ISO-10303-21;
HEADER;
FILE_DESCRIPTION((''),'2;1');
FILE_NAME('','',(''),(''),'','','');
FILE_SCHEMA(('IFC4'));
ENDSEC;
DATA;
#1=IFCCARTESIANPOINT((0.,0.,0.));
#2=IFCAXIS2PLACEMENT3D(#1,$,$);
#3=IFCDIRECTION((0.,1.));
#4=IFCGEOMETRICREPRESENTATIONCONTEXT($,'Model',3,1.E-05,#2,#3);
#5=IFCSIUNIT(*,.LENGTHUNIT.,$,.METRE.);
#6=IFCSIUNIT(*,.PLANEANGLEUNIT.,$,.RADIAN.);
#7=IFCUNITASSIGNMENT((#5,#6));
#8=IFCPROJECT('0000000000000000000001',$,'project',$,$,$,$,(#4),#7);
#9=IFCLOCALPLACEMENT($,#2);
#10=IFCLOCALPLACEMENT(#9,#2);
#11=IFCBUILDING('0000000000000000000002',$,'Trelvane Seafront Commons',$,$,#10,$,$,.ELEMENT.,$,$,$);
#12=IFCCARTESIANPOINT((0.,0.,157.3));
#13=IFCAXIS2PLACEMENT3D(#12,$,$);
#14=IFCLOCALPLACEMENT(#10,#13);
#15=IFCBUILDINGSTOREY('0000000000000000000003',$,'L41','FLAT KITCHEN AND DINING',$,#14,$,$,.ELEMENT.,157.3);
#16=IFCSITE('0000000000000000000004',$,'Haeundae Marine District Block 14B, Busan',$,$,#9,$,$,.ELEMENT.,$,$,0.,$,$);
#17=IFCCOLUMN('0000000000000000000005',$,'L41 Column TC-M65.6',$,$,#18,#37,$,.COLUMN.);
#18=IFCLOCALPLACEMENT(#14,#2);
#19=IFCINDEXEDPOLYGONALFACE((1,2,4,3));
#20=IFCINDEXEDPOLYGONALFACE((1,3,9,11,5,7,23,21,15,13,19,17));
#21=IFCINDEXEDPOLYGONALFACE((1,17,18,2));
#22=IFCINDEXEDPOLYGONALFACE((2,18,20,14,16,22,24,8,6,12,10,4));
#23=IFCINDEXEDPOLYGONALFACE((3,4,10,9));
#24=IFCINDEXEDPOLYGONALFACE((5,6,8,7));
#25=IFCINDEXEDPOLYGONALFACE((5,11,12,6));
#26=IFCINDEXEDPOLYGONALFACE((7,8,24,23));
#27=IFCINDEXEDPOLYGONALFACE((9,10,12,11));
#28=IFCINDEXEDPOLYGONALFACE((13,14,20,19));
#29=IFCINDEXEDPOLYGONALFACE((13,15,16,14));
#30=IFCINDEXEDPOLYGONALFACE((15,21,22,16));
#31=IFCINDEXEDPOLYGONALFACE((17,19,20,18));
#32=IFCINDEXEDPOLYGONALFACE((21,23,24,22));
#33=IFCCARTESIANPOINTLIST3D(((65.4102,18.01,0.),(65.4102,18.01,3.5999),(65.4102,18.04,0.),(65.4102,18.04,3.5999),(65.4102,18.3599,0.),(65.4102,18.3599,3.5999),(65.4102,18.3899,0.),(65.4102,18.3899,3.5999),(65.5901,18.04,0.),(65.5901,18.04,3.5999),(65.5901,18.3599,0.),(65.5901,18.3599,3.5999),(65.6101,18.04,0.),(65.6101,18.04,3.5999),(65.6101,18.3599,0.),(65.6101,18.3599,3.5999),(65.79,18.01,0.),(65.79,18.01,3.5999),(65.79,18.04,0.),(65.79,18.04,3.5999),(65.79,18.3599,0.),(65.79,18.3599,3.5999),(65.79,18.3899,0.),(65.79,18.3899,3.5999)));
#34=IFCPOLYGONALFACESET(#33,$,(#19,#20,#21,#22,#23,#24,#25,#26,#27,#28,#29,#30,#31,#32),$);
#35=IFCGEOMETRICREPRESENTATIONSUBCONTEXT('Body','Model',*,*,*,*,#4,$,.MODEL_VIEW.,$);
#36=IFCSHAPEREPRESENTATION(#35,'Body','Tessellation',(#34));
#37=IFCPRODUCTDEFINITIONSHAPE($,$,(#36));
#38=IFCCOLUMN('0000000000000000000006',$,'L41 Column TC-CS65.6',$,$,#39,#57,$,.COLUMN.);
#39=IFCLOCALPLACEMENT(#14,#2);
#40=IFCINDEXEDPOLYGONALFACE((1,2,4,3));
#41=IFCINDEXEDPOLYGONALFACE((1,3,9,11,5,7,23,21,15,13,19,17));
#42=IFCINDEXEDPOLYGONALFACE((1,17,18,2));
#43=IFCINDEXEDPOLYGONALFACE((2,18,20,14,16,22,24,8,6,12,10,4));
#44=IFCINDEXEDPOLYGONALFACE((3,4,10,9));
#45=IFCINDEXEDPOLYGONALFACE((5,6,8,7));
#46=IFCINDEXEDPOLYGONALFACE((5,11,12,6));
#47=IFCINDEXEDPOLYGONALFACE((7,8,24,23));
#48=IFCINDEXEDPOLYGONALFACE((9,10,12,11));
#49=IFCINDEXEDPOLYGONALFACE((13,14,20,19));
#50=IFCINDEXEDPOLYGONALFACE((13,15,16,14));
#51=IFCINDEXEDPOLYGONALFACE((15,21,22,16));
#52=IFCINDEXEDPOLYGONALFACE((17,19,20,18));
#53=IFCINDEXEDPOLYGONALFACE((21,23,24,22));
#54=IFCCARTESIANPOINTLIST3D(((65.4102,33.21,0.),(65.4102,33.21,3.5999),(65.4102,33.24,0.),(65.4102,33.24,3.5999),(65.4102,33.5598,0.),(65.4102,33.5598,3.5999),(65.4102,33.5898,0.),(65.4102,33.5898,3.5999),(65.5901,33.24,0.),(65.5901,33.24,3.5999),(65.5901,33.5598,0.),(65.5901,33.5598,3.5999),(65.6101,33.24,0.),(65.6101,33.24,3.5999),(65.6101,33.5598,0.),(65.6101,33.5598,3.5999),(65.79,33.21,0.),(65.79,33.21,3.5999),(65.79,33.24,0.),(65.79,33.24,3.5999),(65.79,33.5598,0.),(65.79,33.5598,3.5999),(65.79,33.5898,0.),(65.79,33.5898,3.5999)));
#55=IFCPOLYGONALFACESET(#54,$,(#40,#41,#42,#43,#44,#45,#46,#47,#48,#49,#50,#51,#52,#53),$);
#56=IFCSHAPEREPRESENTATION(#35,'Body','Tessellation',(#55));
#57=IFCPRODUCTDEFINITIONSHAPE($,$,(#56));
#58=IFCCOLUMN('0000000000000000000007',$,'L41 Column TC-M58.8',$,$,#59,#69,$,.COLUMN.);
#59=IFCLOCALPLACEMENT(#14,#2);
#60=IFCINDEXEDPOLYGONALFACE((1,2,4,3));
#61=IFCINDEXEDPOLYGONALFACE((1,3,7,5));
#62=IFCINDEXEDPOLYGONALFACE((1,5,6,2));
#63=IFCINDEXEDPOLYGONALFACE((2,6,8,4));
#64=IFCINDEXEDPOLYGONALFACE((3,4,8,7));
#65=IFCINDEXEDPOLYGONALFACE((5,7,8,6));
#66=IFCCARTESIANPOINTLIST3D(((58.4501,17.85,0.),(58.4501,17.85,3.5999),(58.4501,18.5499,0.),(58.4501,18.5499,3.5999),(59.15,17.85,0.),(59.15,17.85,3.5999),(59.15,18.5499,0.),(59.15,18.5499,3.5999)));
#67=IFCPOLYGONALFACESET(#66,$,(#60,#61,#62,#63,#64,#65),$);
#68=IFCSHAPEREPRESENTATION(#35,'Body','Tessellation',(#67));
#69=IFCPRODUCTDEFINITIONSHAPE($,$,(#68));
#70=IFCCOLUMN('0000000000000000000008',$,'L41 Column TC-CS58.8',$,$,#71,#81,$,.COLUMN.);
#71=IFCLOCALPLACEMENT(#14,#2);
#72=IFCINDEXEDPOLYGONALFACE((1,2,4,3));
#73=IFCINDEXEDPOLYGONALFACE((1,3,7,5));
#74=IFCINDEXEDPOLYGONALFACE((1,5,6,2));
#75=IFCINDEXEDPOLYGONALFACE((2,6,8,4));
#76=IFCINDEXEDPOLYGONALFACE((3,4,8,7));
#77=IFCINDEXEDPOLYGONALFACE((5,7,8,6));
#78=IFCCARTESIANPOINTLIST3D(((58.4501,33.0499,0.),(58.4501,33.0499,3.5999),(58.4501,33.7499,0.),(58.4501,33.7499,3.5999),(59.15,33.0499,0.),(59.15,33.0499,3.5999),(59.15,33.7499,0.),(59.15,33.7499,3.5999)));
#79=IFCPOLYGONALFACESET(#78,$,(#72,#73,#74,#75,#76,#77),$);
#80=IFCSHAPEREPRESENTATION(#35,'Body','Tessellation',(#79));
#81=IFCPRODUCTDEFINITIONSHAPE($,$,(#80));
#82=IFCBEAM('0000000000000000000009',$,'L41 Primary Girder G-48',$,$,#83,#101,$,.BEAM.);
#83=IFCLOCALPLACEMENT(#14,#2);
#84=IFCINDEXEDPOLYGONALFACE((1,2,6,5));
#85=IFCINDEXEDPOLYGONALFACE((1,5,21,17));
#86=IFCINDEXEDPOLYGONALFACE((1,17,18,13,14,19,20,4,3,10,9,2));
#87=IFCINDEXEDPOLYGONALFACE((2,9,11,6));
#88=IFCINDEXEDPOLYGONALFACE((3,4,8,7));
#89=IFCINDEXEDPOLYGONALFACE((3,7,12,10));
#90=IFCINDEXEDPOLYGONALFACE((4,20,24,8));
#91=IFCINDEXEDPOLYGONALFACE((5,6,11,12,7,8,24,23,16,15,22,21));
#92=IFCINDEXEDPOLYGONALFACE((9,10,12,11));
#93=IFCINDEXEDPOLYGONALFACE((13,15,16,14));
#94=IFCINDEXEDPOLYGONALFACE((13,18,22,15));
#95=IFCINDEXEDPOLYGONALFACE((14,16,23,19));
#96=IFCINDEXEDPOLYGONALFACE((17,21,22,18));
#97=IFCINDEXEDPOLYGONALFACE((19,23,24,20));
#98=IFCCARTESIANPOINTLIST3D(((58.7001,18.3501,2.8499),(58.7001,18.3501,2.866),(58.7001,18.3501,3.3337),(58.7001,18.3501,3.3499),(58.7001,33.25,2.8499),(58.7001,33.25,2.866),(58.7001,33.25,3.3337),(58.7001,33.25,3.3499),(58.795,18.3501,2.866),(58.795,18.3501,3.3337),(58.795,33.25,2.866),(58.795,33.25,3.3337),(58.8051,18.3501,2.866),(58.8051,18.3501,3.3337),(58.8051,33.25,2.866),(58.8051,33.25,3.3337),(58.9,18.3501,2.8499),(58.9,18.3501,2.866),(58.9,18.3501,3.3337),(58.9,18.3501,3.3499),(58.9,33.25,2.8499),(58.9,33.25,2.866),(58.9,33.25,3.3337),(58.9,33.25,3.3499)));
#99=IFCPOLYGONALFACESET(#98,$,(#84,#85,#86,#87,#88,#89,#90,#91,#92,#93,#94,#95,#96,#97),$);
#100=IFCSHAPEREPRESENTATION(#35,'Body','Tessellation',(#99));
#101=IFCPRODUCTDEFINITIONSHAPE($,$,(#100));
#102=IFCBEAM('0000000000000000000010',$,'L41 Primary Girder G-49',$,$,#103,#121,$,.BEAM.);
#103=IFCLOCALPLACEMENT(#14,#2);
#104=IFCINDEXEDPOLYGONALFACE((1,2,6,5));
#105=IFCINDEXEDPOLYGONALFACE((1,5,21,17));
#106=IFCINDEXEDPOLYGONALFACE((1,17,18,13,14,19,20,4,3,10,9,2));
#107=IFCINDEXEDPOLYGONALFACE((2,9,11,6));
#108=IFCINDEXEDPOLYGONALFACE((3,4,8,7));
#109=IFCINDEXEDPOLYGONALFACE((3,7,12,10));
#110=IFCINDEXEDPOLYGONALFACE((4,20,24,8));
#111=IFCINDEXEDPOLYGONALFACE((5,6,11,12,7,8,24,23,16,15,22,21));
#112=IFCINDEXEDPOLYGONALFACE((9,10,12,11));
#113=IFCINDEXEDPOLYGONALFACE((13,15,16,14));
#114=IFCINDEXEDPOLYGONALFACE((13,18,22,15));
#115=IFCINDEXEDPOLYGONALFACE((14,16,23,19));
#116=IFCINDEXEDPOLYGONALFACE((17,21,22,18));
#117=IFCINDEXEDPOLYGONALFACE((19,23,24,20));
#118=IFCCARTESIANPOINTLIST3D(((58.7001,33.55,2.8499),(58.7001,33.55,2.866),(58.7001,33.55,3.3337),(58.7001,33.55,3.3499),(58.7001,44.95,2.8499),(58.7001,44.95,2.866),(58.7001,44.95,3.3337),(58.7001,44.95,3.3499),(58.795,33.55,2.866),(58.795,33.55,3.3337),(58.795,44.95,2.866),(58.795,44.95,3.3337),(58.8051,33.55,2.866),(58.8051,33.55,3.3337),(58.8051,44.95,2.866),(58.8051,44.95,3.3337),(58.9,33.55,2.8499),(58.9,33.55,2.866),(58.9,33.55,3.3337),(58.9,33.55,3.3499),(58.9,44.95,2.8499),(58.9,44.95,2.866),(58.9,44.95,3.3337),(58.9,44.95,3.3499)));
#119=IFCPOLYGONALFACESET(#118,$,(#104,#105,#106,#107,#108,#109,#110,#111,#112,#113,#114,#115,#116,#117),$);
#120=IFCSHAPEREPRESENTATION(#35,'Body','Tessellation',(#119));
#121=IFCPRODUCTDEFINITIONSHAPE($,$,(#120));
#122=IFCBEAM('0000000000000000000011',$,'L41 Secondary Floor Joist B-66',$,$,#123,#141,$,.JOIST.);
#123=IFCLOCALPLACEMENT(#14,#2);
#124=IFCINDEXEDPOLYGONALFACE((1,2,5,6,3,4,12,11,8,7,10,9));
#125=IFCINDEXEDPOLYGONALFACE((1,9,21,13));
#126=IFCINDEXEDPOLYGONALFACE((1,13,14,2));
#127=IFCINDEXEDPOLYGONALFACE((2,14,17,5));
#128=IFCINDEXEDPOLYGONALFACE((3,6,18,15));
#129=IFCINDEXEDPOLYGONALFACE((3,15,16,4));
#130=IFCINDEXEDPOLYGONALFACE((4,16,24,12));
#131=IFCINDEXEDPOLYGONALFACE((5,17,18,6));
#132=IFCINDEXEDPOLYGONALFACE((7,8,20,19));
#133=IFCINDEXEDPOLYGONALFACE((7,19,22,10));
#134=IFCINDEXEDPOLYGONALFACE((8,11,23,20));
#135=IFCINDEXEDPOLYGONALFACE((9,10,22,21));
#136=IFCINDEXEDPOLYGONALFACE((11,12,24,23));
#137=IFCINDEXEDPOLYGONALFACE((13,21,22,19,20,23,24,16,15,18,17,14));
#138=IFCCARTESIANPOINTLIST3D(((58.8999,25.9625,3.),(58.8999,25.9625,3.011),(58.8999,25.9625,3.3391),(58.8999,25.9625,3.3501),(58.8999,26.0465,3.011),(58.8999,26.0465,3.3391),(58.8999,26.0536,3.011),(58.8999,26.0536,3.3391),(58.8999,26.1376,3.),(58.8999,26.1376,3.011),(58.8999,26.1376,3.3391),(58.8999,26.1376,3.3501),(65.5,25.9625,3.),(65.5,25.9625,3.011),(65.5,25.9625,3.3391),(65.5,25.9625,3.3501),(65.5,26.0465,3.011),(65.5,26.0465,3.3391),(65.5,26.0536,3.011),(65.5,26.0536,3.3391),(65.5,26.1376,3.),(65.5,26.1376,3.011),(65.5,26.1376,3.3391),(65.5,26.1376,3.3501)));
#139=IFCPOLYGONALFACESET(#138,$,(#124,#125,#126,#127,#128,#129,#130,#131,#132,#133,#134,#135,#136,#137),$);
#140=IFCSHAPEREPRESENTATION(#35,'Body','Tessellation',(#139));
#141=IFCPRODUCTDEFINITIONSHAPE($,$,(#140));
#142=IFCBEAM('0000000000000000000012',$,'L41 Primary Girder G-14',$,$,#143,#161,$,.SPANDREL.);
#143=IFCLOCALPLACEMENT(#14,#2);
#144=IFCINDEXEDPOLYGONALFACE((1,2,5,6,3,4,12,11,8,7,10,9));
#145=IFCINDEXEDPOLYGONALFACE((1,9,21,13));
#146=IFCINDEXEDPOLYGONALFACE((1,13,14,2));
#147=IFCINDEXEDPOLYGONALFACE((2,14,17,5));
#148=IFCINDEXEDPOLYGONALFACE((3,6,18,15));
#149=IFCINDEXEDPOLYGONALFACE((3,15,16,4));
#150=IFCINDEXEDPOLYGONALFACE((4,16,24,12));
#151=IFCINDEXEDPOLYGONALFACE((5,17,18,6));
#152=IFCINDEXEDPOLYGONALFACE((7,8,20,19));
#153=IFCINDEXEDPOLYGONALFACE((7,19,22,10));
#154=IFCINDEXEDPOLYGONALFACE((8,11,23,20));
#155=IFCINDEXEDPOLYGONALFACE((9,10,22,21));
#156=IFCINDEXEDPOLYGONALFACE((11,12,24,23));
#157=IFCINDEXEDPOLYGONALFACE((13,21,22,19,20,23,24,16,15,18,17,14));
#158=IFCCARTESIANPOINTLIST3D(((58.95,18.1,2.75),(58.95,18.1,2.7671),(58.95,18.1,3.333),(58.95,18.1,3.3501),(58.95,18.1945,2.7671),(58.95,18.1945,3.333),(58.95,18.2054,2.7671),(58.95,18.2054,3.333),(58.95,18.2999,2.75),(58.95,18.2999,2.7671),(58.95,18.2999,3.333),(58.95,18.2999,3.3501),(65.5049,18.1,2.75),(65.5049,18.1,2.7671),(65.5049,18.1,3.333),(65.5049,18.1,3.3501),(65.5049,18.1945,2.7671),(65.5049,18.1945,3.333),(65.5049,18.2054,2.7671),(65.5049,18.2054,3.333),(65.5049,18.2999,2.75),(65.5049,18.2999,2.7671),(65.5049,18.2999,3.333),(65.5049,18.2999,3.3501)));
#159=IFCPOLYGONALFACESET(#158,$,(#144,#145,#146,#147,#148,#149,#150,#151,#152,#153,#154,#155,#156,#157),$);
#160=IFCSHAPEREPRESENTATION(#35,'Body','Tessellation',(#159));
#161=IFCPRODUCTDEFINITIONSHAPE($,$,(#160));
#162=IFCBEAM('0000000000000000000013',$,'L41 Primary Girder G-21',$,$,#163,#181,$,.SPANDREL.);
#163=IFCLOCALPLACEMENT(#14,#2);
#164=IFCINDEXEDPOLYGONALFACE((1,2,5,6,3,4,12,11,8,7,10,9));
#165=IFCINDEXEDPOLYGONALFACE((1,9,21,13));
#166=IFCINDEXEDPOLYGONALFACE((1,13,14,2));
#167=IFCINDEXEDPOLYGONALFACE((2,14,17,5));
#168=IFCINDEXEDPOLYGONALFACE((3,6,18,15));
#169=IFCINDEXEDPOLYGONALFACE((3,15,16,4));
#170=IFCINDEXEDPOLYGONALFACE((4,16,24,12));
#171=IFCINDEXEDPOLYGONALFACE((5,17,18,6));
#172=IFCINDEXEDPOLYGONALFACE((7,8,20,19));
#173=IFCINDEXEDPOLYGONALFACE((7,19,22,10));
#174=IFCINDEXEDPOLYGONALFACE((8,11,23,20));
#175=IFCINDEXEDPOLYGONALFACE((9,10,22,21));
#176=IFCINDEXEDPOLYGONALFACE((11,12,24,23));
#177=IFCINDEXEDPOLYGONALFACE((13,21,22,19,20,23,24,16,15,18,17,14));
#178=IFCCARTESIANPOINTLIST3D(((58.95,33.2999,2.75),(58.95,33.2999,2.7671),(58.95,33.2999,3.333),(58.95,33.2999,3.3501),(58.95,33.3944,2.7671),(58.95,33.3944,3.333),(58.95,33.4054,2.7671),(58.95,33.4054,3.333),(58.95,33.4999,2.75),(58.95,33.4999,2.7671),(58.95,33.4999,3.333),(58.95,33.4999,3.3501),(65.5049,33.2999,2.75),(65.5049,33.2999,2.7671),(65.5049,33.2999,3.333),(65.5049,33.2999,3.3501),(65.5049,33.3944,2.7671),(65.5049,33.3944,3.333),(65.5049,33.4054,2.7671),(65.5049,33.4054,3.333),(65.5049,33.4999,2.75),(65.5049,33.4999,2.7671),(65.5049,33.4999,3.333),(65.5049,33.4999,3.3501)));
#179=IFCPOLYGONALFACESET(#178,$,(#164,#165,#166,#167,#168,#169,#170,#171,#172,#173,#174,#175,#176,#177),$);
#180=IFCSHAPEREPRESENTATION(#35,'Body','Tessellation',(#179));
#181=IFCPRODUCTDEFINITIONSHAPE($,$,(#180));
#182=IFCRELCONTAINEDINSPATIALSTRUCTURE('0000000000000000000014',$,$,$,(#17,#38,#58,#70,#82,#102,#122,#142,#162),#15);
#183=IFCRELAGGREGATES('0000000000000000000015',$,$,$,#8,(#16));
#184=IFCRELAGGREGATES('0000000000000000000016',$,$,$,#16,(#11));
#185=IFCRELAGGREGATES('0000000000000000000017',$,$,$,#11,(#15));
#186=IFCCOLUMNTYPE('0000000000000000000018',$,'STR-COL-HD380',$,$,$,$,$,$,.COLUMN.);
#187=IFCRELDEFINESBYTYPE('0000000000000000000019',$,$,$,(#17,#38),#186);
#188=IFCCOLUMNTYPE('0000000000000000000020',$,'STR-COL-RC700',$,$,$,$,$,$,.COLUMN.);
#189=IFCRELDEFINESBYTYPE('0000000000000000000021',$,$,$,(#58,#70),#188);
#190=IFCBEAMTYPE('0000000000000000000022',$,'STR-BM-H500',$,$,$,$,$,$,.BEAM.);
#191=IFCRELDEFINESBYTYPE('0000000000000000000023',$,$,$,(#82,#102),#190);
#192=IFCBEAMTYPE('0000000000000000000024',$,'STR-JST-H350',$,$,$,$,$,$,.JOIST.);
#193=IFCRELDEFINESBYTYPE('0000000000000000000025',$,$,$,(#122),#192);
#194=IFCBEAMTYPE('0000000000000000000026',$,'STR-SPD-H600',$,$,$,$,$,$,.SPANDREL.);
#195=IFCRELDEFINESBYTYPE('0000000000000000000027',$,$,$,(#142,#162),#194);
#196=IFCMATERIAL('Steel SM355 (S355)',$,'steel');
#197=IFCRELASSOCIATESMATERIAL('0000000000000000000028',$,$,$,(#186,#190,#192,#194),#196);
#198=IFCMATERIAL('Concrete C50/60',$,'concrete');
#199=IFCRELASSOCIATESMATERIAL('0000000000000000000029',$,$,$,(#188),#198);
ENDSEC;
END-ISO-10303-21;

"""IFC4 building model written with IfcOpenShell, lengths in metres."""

from ifc_helpers import new_model, si_unit, direction, frame, origin, origin_2d, place, context, subcontext, project, spatial, rectangle, i_section, extrude, source, transform, mapped, material, material_profile, profile_set, type_object, element, save


model = new_model("IFC4")

# Units and contexts
model_context = context("Model", 3, precision=1e-05, world=origin(), true_north=direction((0.0, 1.0)))
body_context = subcontext(model_context, "Body", "Model", "MODEL_VIEW")
ifc_project = project(units=[si_unit("LENGTHUNIT", "METRE"), si_unit("PLANEANGLEUNIT", "RADIAN")], contexts=[model_context])

# Site, building, storey
site_placement = place(None, origin())
site = spatial("IfcSite", under=ifc_project, at=site_placement, Name="Haeundae Marine District Block 14B, Busan", CompositionType="ELEMENT", RefElevation=0.0)
building_placement = place(site_placement, origin())
building = spatial("IfcBuilding", under=site, at=building_placement, Name="Trelvane Seafront Commons", CompositionType="ELEMENT")
storey_placement = place(building_placement, frame((0.0, 0.0, 157.3)))
storey = spatial("IfcBuildingStorey", under=building, at=storey_placement, Name="L41", Description="FLAT KITCHEN AND DINING", CompositionType="ELEMENT", Elevation=157.3)

# Columns
ifc_material_1 = material(Name="Steel SM355 (S355)", Category="steel")
ifc_material_profile_1 = material_profile(ifc_material_1, i_section(OverallWidth=0.3799, OverallDepth=0.3799, WebThickness=0.02, FlangeThickness=0.03, at=origin_2d()), Name="HD-380x380x20x30")
ifc_profile_set_1 = profile_set([ifc_material_profile_1], Name="Steel SM355 (S355)")
column_type_1 = type_object("IfcColumnType", Name="STR-COL-HD380", PredefinedType="COLUMN", material=ifc_profile_set_1)
shared_shape_1 = source(origin(), body_context, "Body", "SweptSolid", [
    extrude(i_section(OverallWidth=0.3799, OverallDepth=0.3799, WebThickness=0.02, FlangeThickness=0.03, at=origin_2d()), origin(), (0.0, 0.0, 1.0), 3.5999),
])
for number, where, z_axis, x_axis, name in (
    (1, (65.6001, 18.2, 0.0), (0.0, 0.0, 1.0), (1.0, 0.0, 0.0), "L41 Column TC-M65.6"),
    (2, (65.6001, 33.3999, 0.0), (0.0, 0.0, 1.0), (1.0, 0.0, 0.0), "L41 Column TC-CS65.6"),
):
    element("IfcColumn", number, at=place(storey_placement, frame(where, z_axis=z_axis, x_axis=x_axis)), inside=storey, type_object=column_type_1, Name=name, PredefinedType="COLUMN", context=body_context, shape_type="MappedRepresentation", body=[
        mapped(shared_shape_1, transform((0.0, 0.0, 0.0), x_axis=(1.0, 0.0, 0.0), y_axis=(0.0, 1.0, 0.0), z_axis=(0.0, 0.0, 1.0), scale=1.0)),
    ])
ifc_material_2 = material(Name="Concrete C50/60", Category="concrete")
ifc_material_profile_2 = material_profile(ifc_material_2, rectangle(XDim=0.7, YDim=0.7, at=origin_2d()), Name="RC-700x700")
ifc_profile_set_2 = profile_set([ifc_material_profile_2], Name="Concrete C50/60")
column_type_2 = type_object("IfcColumnType", Name="STR-COL-RC700", PredefinedType="COLUMN", material=ifc_profile_set_2)
shared_shape_2 = source(origin(), body_context, "Body", "SweptSolid", [
    extrude(rectangle(XDim=0.7, YDim=0.7, at=origin_2d()), origin(), (0.0, 0.0, 1.0), 3.5999),
])
for number, where, z_axis, x_axis, name in (
    (3, (58.8, 18.2, 0.0), (0.0, 0.0, 1.0), (1.0, 0.0, 0.0), "L41 Column TC-M58.8"),
    (4, (58.8, 33.3999, 0.0), (0.0, 0.0, 1.0), (1.0, 0.0, 0.0), "L41 Column TC-CS58.8"),
):
    element("IfcColumn", number, at=place(storey_placement, frame(where, z_axis=z_axis, x_axis=x_axis)), inside=storey, type_object=column_type_2, Name=name, PredefinedType="COLUMN", context=body_context, shape_type="MappedRepresentation", body=[
        mapped(shared_shape_2, transform((0.0, 0.0, 0.0), x_axis=(1.0, 0.0, 0.0), y_axis=(0.0, 1.0, 0.0), z_axis=(0.0, 0.0, 1.0), scale=1.0)),
    ])

# Beams
ifc_material_profile_3 = material_profile(ifc_material_1, i_section(OverallWidth=0.2, OverallDepth=0.5, WebThickness=0.01, FlangeThickness=0.0161, at=origin_2d()), Name="H-500x200x10x16")
ifc_profile_set_3 = profile_set([ifc_material_profile_3], Name="Steel SM355 (S355)")
beam_type_1 = type_object("IfcBeamType", Name="STR-BM-H500", PredefinedType="BEAM", material=ifc_profile_set_3)
shared_shape_3 = source(origin(), body_context, "Body", "SweptSolid", [
    extrude(i_section(OverallWidth=0.2, OverallDepth=0.5, WebThickness=0.01, FlangeThickness=0.0161, at=origin_2d()), origin(), (0.0, 0.0, 1.0), 14.8999),
])
beam_1_placement = place(storey_placement, frame((58.8, 18.3501, 3.0999), z_axis=(0.0, 1.0, 0.0), x_axis=(-1.0, 0.0, 0.0)))
element("IfcBeam", 5, at=beam_1_placement, inside=storey, type_object=beam_type_1, Name="L41 Primary Girder G-48", PredefinedType="BEAM", context=body_context, shape_type="MappedRepresentation", body=[
    mapped(shared_shape_3, transform((0.0, 0.0, 0.0), x_axis=(1.0, 0.0, 0.0), y_axis=(0.0, 1.0, 0.0), z_axis=(0.0, 0.0, 1.0), scale=1.0)),
])
shared_shape_4 = source(origin(), body_context, "Body", "SweptSolid", [
    extrude(i_section(OverallWidth=0.2, OverallDepth=0.5, WebThickness=0.01, FlangeThickness=0.0161, at=origin_2d()), origin(), (0.0, 0.0, 1.0), 11.3999),
])
beam_2_placement = place(storey_placement, frame((58.8, 33.55, 3.0999), z_axis=(0.0, 1.0, 0.0), x_axis=(-1.0, 0.0, 0.0)))
element("IfcBeam", 6, at=beam_2_placement, inside=storey, type_object=beam_type_1, Name="L41 Primary Girder G-49", PredefinedType="BEAM", context=body_context, shape_type="MappedRepresentation", body=[
    mapped(shared_shape_4, transform((0.0, 0.0, 0.0), x_axis=(1.0, 0.0, 0.0), y_axis=(0.0, 1.0, 0.0), z_axis=(0.0, 0.0, 1.0), scale=1.0)),
])
ifc_material_profile_4 = material_profile(ifc_material_1, i_section(OverallWidth=0.175, OverallDepth=0.3501, WebThickness=0.0071, FlangeThickness=0.011, at=origin_2d()), Name="H-350x175x7x11")
ifc_profile_set_4 = profile_set([ifc_material_profile_4], Name="Steel SM355 (S355)")
beam_type_2 = type_object("IfcBeamType", Name="STR-JST-H350", PredefinedType="JOIST", material=ifc_profile_set_4)
shared_shape_5 = source(origin(), body_context, "Body", "SweptSolid", [
    extrude(i_section(OverallWidth=0.175, OverallDepth=0.3501, WebThickness=0.0071, FlangeThickness=0.011, at=origin_2d()), origin(), (0.0, 0.0, 1.0), 6.6001),
])
beam_3_placement = place(storey_placement, frame((58.8999, 26.05, 3.175), z_axis=(1.0, 0.0, 0.0), x_axis=(0.0, 1.0, 0.0)))
element("IfcBeam", 7, at=beam_3_placement, inside=storey, type_object=beam_type_2, Name="L41 Secondary Floor Joist B-66", PredefinedType="JOIST", context=body_context, shape_type="MappedRepresentation", body=[
    mapped(shared_shape_5, transform((0.0, 0.0, 0.0), x_axis=(1.0, 0.0, 0.0), y_axis=(0.0, 1.0, 0.0), z_axis=(0.0, 0.0, 1.0), scale=1.0)),
])
ifc_material_profile_5 = material_profile(ifc_material_1, i_section(OverallWidth=0.2, OverallDepth=0.6001, WebThickness=0.011, FlangeThickness=0.0171, at=origin_2d()), Name="H-600x200x11x17")
ifc_profile_set_5 = profile_set([ifc_material_profile_5], Name="Steel SM355 (S355)")
beam_type_3 = type_object("IfcBeamType", Name="STR-SPD-H600", PredefinedType="SPANDREL", material=ifc_profile_set_5)
shared_shape_6 = source(origin(), body_context, "Body", "SweptSolid", [
    extrude(i_section(OverallWidth=0.2, OverallDepth=0.6001, WebThickness=0.011, FlangeThickness=0.0171, at=origin_2d()), origin(), (0.0, 0.0, 1.0), 6.5549),
])
for number, where, z_axis, x_axis, name in (
    (8, (58.95, 18.2, 3.05), (1.0, 0.0, 0.0), (0.0, 1.0, 0.0), "L41 Primary Girder G-14"),
    (9, (58.95, 33.3999, 3.05), (1.0, 0.0, 0.0), (0.0, 1.0, 0.0), "L41 Primary Girder G-21"),
):
    element("IfcBeam", number, at=place(storey_placement, frame(where, z_axis=z_axis, x_axis=x_axis)), inside=storey, type_object=beam_type_3, Name=name, PredefinedType="SPANDREL", context=body_context, shape_type="MappedRepresentation", body=[
        mapped(shared_shape_6, transform((0.0, 0.0, 0.0), x_axis=(1.0, 0.0, 0.0), y_axis=(0.0, 1.0, 0.0), z_axis=(0.0, 0.0, 1.0), scale=1.0)),
    ])

save(model, "model.ifc")
